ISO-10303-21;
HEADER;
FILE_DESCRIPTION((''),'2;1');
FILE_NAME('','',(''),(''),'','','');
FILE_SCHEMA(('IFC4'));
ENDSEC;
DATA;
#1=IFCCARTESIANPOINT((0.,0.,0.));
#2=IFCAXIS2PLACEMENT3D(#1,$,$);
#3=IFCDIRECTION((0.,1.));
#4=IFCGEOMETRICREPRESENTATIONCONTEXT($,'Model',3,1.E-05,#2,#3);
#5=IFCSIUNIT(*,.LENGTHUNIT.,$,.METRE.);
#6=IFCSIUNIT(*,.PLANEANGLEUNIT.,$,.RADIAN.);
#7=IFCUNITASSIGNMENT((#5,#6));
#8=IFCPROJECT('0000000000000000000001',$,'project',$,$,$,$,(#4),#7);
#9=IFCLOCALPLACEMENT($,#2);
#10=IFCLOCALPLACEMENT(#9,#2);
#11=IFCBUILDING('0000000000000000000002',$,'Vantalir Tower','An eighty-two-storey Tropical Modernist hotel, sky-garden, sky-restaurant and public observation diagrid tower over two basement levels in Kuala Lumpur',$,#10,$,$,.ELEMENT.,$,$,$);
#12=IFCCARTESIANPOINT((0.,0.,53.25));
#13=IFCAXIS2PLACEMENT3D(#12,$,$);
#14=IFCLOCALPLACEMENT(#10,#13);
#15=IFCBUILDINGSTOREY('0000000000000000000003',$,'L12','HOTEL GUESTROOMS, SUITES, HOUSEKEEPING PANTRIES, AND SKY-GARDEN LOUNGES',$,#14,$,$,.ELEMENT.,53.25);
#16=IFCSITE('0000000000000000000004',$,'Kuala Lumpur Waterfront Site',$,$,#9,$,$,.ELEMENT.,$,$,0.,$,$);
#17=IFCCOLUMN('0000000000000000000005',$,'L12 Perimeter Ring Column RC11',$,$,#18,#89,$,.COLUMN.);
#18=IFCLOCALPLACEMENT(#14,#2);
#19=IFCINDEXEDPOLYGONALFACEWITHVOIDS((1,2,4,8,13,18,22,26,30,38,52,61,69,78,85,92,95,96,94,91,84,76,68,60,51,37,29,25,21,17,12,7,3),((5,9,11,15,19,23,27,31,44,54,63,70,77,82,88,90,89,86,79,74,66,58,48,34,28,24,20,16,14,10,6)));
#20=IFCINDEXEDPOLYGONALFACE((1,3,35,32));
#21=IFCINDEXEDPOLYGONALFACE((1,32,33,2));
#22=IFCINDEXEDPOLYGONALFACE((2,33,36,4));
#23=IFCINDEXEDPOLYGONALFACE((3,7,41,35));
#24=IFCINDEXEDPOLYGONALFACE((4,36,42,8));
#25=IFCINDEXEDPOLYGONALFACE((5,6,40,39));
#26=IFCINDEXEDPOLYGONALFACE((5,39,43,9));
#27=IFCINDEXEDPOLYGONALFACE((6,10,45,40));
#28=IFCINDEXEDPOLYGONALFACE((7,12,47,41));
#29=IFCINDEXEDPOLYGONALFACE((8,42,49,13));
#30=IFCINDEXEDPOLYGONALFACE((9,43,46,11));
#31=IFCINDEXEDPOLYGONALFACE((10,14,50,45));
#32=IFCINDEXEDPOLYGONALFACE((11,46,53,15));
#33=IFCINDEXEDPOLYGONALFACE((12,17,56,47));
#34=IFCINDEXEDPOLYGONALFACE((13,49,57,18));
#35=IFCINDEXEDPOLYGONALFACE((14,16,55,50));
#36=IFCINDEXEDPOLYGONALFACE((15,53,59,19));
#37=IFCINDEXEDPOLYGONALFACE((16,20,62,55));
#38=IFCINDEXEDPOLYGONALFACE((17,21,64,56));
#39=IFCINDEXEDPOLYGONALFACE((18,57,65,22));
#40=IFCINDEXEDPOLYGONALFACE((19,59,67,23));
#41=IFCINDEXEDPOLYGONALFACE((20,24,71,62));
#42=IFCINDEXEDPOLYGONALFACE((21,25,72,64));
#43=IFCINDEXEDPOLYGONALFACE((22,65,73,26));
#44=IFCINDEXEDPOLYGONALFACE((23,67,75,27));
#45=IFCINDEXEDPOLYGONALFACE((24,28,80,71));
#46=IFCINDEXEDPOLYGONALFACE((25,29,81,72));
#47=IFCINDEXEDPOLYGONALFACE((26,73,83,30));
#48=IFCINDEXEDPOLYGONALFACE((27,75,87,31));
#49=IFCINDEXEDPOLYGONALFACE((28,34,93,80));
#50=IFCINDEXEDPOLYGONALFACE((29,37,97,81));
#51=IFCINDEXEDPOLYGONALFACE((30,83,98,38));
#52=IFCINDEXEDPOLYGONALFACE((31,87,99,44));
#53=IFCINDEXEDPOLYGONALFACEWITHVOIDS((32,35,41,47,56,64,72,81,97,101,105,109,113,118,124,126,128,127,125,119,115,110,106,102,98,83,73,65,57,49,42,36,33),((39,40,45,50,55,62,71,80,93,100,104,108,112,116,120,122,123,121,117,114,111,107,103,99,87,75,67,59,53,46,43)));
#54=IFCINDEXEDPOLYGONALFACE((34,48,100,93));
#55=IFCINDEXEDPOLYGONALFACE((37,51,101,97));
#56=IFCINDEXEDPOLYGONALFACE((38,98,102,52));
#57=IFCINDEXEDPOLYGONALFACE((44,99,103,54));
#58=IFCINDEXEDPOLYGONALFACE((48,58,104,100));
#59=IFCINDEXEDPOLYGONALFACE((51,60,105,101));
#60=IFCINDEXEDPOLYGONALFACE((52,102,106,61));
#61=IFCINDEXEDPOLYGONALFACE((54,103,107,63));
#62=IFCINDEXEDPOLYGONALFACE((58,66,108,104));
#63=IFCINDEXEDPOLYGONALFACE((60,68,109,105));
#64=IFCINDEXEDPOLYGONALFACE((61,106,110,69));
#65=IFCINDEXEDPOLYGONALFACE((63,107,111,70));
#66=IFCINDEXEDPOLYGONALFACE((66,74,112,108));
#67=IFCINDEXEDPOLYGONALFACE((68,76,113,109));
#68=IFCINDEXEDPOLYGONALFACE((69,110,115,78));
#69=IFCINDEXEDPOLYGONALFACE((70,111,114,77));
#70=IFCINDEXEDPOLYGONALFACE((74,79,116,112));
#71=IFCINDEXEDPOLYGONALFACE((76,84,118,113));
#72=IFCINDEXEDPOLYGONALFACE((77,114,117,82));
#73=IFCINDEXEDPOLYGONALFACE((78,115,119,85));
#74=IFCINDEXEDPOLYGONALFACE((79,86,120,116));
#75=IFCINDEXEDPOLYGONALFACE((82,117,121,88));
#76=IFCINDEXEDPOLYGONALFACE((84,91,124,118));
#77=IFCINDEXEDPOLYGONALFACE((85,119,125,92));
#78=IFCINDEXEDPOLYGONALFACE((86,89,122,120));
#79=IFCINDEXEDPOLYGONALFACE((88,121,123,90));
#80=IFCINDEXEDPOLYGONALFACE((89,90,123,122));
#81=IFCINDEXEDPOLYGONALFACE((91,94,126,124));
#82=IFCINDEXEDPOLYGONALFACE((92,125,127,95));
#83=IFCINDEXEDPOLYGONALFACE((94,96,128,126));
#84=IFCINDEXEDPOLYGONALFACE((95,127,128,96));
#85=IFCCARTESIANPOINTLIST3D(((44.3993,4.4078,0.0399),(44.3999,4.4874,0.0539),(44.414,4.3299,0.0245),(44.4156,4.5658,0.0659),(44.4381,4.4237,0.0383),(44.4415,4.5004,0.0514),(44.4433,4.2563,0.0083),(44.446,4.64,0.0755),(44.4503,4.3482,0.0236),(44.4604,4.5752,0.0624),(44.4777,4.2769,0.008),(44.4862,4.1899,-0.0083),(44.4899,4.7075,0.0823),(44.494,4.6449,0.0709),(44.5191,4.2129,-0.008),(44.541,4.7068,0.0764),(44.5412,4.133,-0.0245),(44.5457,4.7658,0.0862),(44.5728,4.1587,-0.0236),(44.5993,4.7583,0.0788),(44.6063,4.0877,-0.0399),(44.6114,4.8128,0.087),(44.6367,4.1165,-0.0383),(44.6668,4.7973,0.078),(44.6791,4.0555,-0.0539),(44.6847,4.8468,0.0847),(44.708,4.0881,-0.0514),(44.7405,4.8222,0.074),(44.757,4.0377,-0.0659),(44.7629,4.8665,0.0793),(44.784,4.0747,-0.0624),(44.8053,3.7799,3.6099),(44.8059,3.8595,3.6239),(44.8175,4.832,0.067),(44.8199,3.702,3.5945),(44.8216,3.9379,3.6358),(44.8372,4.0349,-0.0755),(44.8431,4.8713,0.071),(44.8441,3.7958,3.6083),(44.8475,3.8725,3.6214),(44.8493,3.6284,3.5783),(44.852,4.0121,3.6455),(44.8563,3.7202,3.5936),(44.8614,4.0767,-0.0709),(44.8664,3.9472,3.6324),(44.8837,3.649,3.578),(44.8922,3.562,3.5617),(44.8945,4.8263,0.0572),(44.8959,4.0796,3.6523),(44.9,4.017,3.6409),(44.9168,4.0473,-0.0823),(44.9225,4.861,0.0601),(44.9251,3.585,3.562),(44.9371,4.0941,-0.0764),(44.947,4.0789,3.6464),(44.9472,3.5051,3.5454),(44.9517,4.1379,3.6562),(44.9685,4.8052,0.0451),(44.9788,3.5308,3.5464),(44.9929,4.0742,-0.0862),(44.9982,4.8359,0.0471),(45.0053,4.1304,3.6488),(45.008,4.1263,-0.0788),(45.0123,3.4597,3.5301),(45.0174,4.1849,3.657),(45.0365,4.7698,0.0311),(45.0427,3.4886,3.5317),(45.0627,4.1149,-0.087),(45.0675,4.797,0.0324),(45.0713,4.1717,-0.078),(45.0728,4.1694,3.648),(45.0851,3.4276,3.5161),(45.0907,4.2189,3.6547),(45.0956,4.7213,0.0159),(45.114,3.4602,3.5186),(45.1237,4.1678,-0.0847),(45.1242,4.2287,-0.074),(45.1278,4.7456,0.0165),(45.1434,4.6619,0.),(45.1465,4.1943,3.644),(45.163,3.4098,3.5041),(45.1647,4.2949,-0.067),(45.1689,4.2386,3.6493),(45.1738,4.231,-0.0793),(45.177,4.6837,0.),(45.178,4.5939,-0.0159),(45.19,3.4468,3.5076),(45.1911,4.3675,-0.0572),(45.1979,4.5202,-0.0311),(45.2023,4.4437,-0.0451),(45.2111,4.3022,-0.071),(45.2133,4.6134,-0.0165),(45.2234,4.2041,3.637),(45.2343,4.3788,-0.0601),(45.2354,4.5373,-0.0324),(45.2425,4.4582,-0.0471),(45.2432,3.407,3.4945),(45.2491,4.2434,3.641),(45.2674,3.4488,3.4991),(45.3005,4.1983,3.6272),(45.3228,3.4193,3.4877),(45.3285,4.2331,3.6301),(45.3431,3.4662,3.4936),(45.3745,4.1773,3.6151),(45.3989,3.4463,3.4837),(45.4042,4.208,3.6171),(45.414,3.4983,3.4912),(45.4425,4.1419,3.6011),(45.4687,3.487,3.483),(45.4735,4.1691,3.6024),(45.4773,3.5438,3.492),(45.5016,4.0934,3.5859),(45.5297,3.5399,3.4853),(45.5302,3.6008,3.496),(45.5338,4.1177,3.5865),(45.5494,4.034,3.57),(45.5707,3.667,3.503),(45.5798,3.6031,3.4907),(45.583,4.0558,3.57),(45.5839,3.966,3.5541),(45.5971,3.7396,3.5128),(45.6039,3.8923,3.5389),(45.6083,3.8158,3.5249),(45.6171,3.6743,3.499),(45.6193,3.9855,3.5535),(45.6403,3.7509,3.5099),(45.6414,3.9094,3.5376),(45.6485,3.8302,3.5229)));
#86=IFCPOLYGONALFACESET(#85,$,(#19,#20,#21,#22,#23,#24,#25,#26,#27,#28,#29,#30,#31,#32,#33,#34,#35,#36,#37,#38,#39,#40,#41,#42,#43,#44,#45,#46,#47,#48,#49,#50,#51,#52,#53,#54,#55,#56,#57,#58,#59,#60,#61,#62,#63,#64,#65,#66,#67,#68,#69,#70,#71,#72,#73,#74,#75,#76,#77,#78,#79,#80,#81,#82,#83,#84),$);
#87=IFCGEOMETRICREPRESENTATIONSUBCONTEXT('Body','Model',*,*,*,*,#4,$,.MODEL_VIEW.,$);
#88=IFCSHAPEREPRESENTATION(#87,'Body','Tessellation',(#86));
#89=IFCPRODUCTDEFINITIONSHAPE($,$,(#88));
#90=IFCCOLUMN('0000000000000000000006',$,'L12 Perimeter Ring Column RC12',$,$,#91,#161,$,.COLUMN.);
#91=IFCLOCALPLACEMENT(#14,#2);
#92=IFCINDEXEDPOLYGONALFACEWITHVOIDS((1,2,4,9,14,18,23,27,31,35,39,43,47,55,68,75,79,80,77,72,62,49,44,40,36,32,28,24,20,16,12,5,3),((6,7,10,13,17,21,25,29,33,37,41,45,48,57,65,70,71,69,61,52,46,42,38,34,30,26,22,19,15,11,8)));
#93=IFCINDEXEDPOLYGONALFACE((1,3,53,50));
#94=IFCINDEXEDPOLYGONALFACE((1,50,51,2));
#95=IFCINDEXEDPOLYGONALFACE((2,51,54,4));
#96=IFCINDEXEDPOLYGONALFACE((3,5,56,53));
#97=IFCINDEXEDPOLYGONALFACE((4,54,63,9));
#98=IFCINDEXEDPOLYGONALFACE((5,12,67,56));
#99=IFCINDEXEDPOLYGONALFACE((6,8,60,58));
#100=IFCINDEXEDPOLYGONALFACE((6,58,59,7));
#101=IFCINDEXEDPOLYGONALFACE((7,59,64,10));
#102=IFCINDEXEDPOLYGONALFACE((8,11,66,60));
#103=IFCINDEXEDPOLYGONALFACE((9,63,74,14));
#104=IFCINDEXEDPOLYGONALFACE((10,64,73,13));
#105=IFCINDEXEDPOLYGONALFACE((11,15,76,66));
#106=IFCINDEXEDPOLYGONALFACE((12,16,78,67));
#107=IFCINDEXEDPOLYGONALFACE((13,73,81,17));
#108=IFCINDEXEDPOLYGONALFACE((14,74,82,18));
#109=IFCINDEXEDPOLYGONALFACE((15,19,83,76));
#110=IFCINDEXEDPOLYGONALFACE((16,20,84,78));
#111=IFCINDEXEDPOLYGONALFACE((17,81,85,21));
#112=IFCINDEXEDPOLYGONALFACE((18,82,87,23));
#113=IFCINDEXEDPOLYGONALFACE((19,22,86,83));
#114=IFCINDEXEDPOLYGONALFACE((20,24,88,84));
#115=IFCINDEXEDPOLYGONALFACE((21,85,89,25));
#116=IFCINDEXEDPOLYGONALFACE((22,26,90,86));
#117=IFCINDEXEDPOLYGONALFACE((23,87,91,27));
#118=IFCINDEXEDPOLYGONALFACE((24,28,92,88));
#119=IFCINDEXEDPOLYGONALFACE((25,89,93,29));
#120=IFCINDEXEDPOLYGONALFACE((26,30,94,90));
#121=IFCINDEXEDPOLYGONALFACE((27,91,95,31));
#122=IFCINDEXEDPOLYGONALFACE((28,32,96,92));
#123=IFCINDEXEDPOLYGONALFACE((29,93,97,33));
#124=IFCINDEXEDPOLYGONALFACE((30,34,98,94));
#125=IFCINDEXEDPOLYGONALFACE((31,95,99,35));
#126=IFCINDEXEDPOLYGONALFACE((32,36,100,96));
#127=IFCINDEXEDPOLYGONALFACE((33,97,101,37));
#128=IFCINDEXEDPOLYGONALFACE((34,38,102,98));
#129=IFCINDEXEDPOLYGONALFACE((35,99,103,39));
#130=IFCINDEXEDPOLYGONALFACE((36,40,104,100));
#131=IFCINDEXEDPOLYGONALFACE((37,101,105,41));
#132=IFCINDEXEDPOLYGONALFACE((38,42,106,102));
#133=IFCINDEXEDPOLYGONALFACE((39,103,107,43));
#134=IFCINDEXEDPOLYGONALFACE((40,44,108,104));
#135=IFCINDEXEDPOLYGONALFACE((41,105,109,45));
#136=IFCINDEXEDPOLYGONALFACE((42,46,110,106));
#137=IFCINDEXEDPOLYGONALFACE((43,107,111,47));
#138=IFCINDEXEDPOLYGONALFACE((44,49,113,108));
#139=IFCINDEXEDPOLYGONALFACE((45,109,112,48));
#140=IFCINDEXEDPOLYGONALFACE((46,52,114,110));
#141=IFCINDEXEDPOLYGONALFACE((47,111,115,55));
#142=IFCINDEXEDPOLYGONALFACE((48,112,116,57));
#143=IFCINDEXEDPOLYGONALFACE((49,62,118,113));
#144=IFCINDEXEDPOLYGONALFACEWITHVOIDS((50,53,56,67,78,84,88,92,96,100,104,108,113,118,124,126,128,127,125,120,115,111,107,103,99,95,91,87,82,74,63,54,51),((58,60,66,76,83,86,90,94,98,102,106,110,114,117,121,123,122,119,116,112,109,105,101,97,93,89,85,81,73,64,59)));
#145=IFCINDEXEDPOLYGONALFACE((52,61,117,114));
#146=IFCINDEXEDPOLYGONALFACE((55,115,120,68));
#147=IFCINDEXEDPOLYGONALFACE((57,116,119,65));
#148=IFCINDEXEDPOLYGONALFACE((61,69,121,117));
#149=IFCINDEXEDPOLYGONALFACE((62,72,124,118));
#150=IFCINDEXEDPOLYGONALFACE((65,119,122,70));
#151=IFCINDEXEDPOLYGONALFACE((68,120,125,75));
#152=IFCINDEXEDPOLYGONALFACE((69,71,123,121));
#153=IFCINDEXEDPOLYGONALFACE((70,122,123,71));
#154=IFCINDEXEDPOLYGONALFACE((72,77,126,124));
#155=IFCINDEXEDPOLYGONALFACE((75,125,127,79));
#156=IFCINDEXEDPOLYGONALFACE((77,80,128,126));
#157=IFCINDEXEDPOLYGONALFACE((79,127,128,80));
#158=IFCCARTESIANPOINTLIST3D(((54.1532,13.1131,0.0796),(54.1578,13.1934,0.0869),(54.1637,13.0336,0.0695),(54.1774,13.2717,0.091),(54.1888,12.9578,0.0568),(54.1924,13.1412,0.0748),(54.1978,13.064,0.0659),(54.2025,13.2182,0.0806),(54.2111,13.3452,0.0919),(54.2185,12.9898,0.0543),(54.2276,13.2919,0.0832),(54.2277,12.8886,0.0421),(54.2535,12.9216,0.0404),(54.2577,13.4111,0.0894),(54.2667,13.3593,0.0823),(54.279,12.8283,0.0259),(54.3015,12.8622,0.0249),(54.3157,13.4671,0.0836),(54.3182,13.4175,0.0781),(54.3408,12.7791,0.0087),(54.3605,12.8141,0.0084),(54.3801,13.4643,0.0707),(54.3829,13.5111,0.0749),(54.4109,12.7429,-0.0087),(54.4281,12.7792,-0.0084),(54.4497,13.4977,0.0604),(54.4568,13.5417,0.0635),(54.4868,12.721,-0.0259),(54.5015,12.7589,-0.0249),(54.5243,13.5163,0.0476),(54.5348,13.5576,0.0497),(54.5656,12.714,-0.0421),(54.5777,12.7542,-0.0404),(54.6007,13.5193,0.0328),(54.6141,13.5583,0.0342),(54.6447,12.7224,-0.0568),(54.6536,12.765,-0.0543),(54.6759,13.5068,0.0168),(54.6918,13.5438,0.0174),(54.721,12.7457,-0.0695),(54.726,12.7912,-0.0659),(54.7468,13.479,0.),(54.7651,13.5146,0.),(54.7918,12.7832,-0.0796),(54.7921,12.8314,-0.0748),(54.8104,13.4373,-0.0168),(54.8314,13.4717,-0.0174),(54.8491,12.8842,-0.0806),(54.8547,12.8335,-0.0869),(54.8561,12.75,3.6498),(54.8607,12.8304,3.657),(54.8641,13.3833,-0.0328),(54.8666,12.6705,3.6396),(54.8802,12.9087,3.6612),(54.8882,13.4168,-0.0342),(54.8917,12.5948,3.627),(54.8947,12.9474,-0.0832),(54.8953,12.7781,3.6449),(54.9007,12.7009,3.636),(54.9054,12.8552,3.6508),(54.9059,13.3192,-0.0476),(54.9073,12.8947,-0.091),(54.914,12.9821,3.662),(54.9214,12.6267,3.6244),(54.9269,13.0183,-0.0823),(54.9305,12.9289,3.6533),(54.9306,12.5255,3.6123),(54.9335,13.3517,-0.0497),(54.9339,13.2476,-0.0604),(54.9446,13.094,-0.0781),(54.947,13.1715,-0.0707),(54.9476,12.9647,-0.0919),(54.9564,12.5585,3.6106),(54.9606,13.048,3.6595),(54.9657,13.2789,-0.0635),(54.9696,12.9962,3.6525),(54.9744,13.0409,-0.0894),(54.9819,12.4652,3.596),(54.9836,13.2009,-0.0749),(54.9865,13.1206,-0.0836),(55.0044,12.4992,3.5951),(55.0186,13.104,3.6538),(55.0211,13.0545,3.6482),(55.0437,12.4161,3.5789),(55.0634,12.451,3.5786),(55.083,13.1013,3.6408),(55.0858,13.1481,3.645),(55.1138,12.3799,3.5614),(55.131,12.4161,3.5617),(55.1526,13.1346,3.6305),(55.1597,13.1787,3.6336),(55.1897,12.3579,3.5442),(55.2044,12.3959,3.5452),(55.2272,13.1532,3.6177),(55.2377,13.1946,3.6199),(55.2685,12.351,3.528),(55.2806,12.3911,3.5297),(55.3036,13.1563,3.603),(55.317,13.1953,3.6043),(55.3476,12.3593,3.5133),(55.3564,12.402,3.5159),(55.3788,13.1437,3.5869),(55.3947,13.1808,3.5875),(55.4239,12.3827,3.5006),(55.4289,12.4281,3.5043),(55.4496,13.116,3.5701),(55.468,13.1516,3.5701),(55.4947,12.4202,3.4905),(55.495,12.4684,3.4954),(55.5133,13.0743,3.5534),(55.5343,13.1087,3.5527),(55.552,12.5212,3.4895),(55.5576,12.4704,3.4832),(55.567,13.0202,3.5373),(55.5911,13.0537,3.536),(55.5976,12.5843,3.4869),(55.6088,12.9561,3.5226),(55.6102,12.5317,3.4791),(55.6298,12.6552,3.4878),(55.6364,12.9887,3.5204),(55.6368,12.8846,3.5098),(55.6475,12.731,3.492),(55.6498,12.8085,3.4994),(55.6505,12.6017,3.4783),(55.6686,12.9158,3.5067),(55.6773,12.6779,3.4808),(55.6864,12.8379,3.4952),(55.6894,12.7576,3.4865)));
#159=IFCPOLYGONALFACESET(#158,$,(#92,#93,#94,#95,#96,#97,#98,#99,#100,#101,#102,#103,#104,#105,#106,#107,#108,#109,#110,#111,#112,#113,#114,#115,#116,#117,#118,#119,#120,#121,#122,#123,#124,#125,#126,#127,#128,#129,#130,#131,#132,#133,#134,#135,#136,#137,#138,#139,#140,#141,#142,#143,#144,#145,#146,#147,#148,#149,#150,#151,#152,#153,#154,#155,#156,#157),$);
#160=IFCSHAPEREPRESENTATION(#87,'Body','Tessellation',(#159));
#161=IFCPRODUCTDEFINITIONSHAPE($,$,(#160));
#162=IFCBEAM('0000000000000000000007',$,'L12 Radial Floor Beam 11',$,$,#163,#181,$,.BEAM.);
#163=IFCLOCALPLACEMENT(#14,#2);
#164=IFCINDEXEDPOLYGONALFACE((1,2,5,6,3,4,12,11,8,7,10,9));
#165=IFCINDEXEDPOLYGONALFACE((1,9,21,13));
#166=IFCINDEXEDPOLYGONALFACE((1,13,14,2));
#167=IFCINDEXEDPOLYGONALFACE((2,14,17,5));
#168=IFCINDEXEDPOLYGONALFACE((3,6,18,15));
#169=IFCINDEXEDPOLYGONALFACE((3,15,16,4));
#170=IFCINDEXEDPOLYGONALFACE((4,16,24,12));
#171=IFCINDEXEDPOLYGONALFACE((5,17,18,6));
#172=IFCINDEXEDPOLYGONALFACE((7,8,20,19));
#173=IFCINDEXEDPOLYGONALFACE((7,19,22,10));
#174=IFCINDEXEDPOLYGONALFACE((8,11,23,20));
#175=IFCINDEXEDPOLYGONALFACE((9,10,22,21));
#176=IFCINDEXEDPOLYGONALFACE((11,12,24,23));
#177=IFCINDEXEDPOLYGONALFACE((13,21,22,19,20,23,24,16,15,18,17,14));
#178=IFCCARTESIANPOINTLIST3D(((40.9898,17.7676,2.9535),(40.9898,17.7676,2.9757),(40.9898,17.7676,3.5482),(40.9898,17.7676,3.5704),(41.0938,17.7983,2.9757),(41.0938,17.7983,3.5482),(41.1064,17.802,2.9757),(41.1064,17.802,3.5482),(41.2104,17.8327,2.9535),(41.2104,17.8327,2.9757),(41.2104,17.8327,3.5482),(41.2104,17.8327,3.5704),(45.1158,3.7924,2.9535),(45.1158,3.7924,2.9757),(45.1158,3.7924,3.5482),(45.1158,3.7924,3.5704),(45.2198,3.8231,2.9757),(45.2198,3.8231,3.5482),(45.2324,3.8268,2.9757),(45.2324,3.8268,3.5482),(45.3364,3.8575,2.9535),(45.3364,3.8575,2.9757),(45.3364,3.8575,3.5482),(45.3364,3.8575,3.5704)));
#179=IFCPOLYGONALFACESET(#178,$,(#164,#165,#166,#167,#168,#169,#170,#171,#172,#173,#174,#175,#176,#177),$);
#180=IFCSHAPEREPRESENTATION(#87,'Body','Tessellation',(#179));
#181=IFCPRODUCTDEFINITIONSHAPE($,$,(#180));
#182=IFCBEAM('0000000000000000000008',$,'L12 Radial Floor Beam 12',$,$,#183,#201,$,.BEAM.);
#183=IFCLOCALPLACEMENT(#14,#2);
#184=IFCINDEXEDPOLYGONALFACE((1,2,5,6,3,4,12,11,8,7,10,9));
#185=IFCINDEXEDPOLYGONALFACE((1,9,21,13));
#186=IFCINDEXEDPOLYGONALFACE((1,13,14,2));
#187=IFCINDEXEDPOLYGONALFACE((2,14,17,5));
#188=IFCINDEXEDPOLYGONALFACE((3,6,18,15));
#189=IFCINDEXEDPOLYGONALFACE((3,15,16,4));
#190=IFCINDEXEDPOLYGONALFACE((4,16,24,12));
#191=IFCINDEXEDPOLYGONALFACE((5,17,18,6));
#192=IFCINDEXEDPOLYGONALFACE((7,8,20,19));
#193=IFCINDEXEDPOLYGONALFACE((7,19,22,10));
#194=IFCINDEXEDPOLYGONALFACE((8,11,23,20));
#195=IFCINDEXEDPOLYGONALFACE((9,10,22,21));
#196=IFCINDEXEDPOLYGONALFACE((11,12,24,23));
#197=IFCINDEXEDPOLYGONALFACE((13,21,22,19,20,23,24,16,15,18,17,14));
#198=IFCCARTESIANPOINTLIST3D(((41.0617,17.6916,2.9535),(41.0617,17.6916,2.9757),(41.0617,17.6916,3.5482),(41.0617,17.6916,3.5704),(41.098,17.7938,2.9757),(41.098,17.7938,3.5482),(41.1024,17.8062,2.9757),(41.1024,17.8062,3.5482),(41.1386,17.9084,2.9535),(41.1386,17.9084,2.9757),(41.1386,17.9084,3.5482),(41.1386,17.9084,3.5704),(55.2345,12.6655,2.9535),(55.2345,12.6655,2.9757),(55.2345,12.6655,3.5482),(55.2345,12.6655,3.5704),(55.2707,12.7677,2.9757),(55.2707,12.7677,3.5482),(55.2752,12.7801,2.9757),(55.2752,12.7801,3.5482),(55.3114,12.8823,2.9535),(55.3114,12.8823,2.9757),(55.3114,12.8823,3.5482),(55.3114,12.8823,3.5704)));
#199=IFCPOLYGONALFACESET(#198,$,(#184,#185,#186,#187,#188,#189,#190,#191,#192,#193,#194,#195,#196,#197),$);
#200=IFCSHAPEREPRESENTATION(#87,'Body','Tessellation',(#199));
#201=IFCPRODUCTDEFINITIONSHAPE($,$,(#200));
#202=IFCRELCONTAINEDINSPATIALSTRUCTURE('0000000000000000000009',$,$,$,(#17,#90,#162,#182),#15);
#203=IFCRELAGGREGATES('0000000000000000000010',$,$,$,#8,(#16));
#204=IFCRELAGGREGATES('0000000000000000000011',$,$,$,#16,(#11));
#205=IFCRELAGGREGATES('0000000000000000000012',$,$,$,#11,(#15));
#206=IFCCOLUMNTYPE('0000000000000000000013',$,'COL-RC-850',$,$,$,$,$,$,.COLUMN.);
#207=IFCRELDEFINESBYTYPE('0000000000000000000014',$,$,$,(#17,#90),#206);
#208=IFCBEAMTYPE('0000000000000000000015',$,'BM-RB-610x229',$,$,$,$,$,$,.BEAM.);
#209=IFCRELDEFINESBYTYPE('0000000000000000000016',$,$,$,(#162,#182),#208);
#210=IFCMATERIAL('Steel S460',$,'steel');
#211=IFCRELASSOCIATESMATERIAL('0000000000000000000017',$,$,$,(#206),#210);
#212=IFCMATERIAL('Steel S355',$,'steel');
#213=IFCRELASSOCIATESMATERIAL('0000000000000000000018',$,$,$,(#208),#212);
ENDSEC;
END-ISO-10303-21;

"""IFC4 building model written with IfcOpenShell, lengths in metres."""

from ifc_helpers import new_model, si_unit, direction, frame, origin, origin_2d, place, context, subcontext, project, spatial, hollow_circle, i_section, extrude, material, material_profile, profile_set, type_object, element, save


model = new_model("IFC4")

# Units and contexts
model_context = context("Model", 3, precision=1e-05, world=origin(), true_north=direction((0.0, 1.0)))
body_context = subcontext(model_context, "Body", "Model", "MODEL_VIEW")
ifc_project = project(units=[si_unit("LENGTHUNIT", "METRE"), si_unit("PLANEANGLEUNIT", "RADIAN")], contexts=[model_context])

# Site, building, storey
site_placement = place(None, origin())
site = spatial("IfcSite", under=ifc_project, at=site_placement, Name="Kuala Lumpur Waterfront Site", CompositionType="ELEMENT", RefElevation=0.0)
building_placement = place(site_placement, origin())
building = spatial("IfcBuilding", under=site, at=building_placement, Name="Vantalir Tower", Description="An eighty-two-storey Tropical Modernist hotel, sky-garden, sky-restaurant and public observation diagrid tower over two basement levels in Kuala Lumpur", CompositionType="ELEMENT")
storey_placement = place(building_placement, frame((0.0, 0.0, 53.25)))
storey = spatial("IfcBuildingStorey", under=building, at=storey_placement, Name="L12", Description="HOTEL GUESTROOMS, SUITES, HOUSEKEEPING PANTRIES, AND SKY-GARDEN LOUNGES", CompositionType="ELEMENT", Elevation=53.25)

# Columns
ifc_material_1 = material(Name="Steel S460", Category="steel")
ifc_material_profile_1 = material_profile(ifc_material_1, hollow_circle(Radius=0.425, WallThickness=0.04, at=origin_2d()), Name="Steel S460")
ifc_profile_set_1 = profile_set([ifc_material_profile_1], Name="Steel S460")
column_type = type_object("IfcColumnType", Name="COL-RC-850", PredefinedType="COLUMN", material=ifc_profile_set_1)
column_1_placement = place(storey_placement, frame((44.8201, 4.4529, 0.0), z_axis=(0.11131, -0.172152, 0.978761), x_axis=(0.839754, 0.542967, 0.0)))
element("IfcColumn", 1, at=column_1_placement, inside=storey, type_object=column_type, Name="L12 Perimeter Ring Column RC11", PredefinedType="COLUMN", context=body_context, shape_type="SweptSolid", body=[
    extrude(hollow_circle(Radius=0.425, WallThickness=0.04, at=origin_2d()), origin(), (0.0, 0.0, 1.0), 3.6475),
])
column_2_placement = place(storey_placement, frame((54.5701, 13.137, 0.0), z_axis=(0.192219, -0.099281, 0.976317), x_axis=(0.458902, 0.888487, 0.0)))
element("IfcColumn", 2, at=column_2_placement, inside=storey, type_object=column_type, Name="L12 Perimeter Ring Column RC12", PredefinedType="COLUMN", context=body_context, shape_type="SweptSolid", body=[
    extrude(hollow_circle(Radius=0.425, WallThickness=0.04, at=origin_2d()), origin(), (0.0, 0.0, 1.0), 3.6567),
])

# Beams
ifc_material_2 = material(Name="Steel S355", Category="steel")
ifc_material_profile_2 = material_profile(ifc_material_2, i_section(OverallWidth=0.23, OverallDepth=0.6169, WebThickness=0.0132, FlangeThickness=0.0222, at=origin_2d()), Name="Steel S355")
ifc_profile_set_2 = profile_set([ifc_material_profile_2], Name="Steel S355")
beam_type_1 = type_object("IfcBeamType", Name="BM-RB-610x229", PredefinedType="BEAM", material=ifc_profile_set_2)
beam_1_placement = place(storey_placement, frame((45.2261, 3.825, 3.262), z_axis=(-0.283155, 0.959074, 0.0), x_axis=(-0.959074, -0.283155, 0.0)))
element("IfcBeam", 3, at=beam_1_placement, inside=storey, type_object=beam_type_1, Name="L12 Radial Floor Beam 11", PredefinedType="BEAM", context=body_context, shape_type="SweptSolid", body=[
    extrude(i_section(OverallWidth=0.23, OverallDepth=0.6169, WebThickness=0.0132, FlangeThickness=0.0222, at=origin_2d()), origin(), (0.0, 0.0, 1.0), 14.5715),
])
beam_2_placement = place(storey_placement, frame((55.2729, 12.7739, 3.262), z_axis=(-0.94249, 0.334235, 0.0), x_axis=(-0.334235, -0.94249, 0.0)))
element("IfcBeam", 4, at=beam_2_placement, inside=storey, type_object=beam_type_1, Name="L12 Radial Floor Beam 12", PredefinedType="BEAM", context=body_context, shape_type="SweptSolid", body=[
    extrude(i_section(OverallWidth=0.23, OverallDepth=0.6169, WebThickness=0.0132, FlangeThickness=0.0222, at=origin_2d()), origin(), (0.0, 0.0, 1.0), 15.0376),
])

save(model, "model.ifc")
